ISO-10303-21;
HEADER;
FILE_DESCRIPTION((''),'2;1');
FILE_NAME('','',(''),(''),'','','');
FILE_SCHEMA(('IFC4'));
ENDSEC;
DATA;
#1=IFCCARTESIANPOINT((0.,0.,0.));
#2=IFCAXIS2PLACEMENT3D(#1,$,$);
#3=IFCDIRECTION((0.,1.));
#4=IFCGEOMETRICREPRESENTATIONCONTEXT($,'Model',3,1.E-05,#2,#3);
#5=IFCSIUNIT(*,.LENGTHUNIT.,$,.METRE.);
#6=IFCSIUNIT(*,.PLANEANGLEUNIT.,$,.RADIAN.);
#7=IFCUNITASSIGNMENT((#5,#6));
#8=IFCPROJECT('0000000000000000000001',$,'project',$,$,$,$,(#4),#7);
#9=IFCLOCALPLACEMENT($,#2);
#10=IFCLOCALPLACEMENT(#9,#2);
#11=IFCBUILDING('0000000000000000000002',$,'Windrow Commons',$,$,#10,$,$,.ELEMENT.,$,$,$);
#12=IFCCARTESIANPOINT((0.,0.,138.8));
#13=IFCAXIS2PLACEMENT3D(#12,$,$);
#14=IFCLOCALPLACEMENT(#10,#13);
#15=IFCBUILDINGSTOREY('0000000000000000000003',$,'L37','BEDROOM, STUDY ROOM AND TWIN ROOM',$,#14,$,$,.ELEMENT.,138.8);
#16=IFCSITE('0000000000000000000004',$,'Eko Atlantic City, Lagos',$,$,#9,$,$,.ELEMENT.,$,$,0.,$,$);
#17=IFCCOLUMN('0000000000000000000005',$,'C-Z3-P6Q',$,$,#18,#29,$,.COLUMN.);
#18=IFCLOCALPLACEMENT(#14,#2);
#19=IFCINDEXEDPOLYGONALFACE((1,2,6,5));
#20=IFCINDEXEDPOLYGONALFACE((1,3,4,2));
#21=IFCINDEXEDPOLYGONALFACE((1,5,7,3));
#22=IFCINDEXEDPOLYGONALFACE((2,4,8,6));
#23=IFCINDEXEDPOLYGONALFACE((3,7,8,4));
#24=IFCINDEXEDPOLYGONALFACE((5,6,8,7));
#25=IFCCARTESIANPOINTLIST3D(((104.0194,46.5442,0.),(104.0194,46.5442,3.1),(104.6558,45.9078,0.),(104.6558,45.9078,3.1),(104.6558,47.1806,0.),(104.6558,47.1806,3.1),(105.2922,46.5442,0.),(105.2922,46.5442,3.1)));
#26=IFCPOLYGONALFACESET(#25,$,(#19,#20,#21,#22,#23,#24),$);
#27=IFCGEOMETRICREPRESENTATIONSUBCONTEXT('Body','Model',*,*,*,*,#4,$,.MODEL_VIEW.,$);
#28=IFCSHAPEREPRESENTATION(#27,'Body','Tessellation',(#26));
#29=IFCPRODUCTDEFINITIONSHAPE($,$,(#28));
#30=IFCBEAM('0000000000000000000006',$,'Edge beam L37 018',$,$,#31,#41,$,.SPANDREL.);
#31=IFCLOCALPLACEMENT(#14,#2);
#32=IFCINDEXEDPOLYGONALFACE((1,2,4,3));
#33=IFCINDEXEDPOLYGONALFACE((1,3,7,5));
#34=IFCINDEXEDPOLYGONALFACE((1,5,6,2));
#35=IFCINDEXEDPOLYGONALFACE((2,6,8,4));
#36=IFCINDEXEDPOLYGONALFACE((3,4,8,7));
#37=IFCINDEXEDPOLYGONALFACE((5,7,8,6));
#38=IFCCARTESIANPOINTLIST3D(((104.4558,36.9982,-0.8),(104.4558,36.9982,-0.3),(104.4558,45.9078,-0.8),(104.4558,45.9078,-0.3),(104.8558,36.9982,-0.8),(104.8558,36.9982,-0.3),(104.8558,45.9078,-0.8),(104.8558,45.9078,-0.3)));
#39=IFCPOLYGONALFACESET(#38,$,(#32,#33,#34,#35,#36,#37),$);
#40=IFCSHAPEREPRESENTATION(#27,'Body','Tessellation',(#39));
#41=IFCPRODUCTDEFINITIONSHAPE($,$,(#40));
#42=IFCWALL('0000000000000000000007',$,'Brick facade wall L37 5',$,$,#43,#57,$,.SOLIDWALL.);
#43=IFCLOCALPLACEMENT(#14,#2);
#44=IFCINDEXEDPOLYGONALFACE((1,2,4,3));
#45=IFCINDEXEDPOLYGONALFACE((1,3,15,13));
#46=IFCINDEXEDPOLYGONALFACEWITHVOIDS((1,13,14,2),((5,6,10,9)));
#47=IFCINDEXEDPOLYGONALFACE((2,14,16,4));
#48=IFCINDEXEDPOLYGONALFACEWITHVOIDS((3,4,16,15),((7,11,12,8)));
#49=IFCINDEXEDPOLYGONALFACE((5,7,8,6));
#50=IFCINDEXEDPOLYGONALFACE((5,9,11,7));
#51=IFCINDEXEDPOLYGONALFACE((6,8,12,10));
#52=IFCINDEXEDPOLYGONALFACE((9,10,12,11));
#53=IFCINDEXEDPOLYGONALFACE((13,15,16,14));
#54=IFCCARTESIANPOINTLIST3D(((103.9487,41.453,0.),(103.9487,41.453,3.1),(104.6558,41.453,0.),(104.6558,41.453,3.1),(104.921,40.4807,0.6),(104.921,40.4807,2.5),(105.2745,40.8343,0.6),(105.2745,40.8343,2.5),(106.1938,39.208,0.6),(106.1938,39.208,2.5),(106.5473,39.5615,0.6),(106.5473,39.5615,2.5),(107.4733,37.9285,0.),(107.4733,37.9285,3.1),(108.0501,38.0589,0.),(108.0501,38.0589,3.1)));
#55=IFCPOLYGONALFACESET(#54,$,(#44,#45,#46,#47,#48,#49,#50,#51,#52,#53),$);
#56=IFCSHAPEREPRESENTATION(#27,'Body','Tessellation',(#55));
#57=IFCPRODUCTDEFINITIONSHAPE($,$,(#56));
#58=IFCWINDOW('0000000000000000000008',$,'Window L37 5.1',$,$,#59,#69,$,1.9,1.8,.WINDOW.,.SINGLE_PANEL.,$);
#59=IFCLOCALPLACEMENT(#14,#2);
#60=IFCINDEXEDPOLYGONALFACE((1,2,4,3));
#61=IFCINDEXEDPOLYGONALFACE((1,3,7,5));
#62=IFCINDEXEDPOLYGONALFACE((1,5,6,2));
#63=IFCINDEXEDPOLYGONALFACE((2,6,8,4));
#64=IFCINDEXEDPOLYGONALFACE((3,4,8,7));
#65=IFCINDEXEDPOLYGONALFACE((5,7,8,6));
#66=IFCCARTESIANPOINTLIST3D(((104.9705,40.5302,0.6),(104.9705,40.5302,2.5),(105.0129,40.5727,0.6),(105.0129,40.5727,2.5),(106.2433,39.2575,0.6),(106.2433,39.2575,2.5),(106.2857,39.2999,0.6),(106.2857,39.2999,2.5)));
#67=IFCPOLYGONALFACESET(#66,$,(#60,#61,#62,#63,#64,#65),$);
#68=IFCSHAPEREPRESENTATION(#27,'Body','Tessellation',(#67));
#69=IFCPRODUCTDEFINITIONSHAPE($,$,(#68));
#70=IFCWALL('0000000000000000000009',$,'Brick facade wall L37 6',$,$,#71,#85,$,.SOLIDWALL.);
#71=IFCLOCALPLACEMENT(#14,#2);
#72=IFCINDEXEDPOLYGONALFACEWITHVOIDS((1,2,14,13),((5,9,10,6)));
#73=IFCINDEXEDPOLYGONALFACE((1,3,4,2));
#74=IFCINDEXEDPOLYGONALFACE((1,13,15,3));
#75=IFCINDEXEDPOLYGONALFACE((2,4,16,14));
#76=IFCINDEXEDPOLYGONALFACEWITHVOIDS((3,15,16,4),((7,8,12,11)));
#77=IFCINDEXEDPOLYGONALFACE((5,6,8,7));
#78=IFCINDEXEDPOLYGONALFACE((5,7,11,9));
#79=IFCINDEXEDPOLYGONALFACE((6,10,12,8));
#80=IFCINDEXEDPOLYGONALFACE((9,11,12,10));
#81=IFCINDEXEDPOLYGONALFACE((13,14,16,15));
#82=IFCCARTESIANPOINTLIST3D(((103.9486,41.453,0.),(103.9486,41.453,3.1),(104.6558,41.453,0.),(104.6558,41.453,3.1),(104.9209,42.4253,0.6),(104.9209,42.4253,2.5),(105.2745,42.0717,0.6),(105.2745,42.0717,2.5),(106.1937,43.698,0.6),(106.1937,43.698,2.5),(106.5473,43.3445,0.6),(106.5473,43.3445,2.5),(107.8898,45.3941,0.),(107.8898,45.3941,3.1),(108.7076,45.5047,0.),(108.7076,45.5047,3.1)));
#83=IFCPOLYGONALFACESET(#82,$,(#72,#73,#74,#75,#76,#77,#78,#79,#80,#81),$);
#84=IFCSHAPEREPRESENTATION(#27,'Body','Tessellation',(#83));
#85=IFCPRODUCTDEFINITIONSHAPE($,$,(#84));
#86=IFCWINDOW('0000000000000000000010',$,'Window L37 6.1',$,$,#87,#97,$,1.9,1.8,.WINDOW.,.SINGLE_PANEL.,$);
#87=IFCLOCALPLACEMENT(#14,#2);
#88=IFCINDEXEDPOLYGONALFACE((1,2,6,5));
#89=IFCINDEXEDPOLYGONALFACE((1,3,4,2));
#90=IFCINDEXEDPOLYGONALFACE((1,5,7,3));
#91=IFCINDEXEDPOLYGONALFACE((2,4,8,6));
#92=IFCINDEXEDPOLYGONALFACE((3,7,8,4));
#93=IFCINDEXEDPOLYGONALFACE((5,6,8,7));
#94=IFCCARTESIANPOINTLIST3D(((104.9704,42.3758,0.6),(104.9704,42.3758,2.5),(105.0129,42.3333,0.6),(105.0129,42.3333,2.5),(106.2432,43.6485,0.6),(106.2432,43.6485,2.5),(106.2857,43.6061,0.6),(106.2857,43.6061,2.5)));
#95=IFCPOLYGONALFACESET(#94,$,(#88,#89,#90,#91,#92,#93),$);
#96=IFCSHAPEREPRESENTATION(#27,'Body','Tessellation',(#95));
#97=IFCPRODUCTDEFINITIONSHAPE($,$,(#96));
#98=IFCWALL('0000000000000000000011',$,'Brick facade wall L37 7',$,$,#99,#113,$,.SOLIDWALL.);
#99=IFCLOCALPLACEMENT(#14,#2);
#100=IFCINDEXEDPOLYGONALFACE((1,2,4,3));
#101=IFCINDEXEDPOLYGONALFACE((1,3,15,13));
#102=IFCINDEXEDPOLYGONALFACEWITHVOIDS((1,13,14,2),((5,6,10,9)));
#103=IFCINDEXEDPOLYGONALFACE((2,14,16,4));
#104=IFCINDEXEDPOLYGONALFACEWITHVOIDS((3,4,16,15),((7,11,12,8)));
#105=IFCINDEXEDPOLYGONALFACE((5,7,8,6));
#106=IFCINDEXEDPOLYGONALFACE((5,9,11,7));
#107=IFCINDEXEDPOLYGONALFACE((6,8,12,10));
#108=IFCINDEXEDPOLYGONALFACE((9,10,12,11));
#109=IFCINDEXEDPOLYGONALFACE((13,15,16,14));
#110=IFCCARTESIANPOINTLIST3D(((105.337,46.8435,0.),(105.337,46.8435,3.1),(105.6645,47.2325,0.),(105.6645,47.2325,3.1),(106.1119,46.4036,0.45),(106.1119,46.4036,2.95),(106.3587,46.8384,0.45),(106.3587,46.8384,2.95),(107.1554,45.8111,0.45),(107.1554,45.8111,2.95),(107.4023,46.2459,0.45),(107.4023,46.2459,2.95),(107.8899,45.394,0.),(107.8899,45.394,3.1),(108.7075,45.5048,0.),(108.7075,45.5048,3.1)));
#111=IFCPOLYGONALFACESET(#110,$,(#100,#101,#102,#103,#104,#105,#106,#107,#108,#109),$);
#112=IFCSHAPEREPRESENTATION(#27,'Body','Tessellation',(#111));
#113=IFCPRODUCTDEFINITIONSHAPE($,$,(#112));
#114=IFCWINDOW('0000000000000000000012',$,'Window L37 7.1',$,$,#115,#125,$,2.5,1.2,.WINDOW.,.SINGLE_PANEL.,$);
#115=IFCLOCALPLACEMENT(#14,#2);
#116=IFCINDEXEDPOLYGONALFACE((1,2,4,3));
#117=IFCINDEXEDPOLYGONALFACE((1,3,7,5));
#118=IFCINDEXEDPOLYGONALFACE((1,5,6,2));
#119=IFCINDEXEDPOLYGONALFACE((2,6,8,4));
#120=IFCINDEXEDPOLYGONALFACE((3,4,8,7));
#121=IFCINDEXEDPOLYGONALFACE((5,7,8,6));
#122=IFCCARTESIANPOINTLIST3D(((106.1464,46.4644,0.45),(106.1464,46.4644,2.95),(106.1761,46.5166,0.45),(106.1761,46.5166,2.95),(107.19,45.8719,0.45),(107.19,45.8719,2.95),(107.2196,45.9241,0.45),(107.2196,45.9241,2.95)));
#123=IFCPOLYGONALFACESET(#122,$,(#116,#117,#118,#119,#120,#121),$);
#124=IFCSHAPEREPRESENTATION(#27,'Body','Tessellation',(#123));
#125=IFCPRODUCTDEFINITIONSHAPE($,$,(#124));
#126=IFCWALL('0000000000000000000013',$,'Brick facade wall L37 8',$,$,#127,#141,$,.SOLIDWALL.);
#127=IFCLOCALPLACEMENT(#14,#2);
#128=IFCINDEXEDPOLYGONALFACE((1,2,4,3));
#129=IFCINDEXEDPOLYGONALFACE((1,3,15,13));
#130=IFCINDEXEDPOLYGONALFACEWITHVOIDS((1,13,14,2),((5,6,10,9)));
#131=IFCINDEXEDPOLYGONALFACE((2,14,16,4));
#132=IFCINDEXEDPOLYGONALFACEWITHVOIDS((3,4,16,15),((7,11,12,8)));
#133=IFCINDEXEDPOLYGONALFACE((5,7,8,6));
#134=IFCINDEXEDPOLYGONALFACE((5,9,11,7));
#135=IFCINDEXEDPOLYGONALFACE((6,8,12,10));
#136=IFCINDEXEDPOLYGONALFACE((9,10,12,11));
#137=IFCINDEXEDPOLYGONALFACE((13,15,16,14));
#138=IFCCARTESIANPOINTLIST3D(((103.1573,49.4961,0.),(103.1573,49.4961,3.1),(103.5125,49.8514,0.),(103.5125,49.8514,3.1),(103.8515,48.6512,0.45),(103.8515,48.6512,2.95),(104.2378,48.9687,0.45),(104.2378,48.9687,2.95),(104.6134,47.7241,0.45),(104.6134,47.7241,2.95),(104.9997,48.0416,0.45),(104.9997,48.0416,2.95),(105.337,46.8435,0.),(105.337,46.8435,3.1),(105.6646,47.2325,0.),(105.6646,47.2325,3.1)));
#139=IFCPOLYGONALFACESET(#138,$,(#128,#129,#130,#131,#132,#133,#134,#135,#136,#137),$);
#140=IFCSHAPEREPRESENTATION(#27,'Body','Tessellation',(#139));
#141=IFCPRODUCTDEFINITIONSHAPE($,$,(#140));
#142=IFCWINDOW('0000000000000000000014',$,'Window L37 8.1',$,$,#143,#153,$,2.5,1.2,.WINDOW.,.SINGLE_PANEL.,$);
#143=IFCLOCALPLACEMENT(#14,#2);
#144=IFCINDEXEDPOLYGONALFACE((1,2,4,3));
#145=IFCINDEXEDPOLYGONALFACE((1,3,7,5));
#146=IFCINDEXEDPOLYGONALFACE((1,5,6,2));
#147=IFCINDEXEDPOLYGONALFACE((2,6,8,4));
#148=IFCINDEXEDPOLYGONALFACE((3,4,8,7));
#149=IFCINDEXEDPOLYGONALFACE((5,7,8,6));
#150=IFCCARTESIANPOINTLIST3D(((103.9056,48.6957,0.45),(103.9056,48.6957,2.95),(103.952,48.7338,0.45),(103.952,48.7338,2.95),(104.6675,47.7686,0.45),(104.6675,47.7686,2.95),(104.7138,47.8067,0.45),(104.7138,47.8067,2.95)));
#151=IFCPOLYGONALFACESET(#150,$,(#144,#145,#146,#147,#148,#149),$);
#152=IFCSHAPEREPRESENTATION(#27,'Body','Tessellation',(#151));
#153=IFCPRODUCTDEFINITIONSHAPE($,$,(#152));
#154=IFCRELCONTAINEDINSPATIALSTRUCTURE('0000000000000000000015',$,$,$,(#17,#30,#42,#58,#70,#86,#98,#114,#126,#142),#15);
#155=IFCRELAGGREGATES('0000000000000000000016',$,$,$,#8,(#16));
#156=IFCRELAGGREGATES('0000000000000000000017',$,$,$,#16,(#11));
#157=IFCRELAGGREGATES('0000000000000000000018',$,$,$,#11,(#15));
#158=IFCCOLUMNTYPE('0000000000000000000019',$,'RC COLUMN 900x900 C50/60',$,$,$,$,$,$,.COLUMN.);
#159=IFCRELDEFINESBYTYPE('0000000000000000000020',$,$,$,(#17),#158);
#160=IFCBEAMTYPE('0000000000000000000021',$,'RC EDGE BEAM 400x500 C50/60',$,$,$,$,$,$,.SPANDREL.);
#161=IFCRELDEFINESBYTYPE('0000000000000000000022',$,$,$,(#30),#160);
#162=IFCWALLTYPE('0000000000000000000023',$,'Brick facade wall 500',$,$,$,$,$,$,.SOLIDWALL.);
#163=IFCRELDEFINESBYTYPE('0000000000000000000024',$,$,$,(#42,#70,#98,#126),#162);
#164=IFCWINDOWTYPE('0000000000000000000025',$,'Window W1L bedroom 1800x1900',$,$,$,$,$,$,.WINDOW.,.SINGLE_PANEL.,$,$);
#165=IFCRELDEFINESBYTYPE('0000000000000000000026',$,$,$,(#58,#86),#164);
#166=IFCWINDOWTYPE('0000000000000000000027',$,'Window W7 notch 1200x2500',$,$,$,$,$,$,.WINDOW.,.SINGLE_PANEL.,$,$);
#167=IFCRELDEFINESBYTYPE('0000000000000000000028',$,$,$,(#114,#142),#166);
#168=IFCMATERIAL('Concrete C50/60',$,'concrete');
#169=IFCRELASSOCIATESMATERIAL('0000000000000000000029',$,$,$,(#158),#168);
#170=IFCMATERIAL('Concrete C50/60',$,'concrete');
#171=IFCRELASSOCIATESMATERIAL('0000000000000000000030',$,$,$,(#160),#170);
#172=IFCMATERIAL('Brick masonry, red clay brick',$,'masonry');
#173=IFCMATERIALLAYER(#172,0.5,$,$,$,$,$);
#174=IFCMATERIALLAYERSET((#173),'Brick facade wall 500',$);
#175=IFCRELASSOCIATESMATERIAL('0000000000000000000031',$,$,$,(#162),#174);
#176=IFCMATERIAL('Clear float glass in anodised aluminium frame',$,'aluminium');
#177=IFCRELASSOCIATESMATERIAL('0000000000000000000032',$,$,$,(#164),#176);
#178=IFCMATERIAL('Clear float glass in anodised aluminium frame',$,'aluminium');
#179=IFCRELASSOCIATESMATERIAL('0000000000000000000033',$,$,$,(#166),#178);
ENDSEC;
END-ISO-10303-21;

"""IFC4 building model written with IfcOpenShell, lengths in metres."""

from ifc_helpers import new_model, si_unit, direction, frame, frame_2d, origin, origin_2d, place, context, subcontext, project, spatial, polyline, rectangle, outline, extrude, material, layer, layer_set, material_profile, profile_set, type_object, element, fill, save


model = new_model("IFC4")

# Units and contexts
model_context = context("Model", 3, precision=1e-05, world=origin(), true_north=direction((0.0, 1.0)))
body_context = subcontext(model_context, "Body", "Model", "MODEL_VIEW")
ifc_project = project(units=[si_unit("LENGTHUNIT", "METRE"), si_unit("PLANEANGLEUNIT", "RADIAN")], contexts=[model_context])

# Site, building, storey
site_placement = place(None, origin())
site = spatial("IfcSite", under=ifc_project, at=site_placement, Name="Eko Atlantic City, Lagos", CompositionType="ELEMENT", RefElevation=0.0)
building_placement = place(site_placement, origin())
building = spatial("IfcBuilding", under=site, at=building_placement, Name="Windrow Commons", CompositionType="ELEMENT")
storey_placement = place(building_placement, frame((0.0, 0.0, 138.8)))
storey = spatial("IfcBuildingStorey", under=building, at=storey_placement, Name="L37", Description="BEDROOM, STUDY ROOM AND TWIN ROOM", CompositionType="ELEMENT", Elevation=138.8)

# Column
ifc_material_1 = material(Name="Concrete C50/60", Category="concrete")
ifc_material_profile_1 = material_profile(ifc_material_1, rectangle(XDim=0.9, YDim=0.9, at=origin_2d()))
ifc_profile_set_1 = profile_set([ifc_material_profile_1], Name="Concrete C50/60")
column_type = type_object("IfcColumnType", Name="RC COLUMN 900x900 C50/60", PredefinedType="COLUMN", material=ifc_profile_set_1)
column_placement = place(storey_placement, frame((104.6558, 46.5442, 0.0), z_axis=(0.0, 0.0, 1.0), x_axis=(0.707107, -0.707107, 0.0)))
element("IfcColumn", 1, at=column_placement, inside=storey, type_object=column_type, Name="C-Z3-P6Q", PredefinedType="COLUMN", context=body_context, shape_type="SweptSolid", body=[
    extrude(rectangle(XDim=0.9, YDim=0.9, at=origin_2d()), origin(), (0.0, 0.0, 1.0), 3.1),
])

# Beam
ifc_material_2 = material(Name="Concrete C50/60", Category="concrete")
ifc_material_profile_2 = material_profile(ifc_material_2, rectangle(XDim=0.4, YDim=0.5, at=origin_2d()))
ifc_profile_set_2 = profile_set([ifc_material_profile_2], Name="Concrete C50/60")
beam_type = type_object("IfcBeamType", Name="RC EDGE BEAM 400x500 C50/60", PredefinedType="SPANDREL", material=ifc_profile_set_2)
beam_placement = place(storey_placement, frame((104.6558, 45.9078, -0.55), z_axis=(0.0, -1.0, 0.0), x_axis=(1.0, 0.0, 0.0)))
element("IfcBeam", 2, at=beam_placement, inside=storey, type_object=beam_type, Name="Edge beam L37 018", PredefinedType="SPANDREL", context=body_context, shape_type="SweptSolid", body=[
    extrude(rectangle(XDim=0.4, YDim=0.5, at=origin_2d()), origin(), (0.0, 0.0, 1.0), 8.9096),
])

# Walls, openings, windows
ifc_material_3 = material(Name="Brick masonry, red clay brick", Category="masonry")
ifc_layer_1 = layer(ifc_material_3, 0.5)
ifc_layer_set_1 = layer_set([ifc_layer_1], Name="Brick facade wall 500")
wall_type_1 = type_object("IfcWallType", Name="Brick facade wall 500", PredefinedType="SOLIDWALL", material=ifc_layer_set_1)
wall_1_placement = place(storey_placement, frame((107.7617, 37.9937, 0.0), z_axis=(0.0, 0.0, 1.0), x_axis=(-0.707127, 0.707086, 0.0)))
wall_1 = element("IfcWall", 3, at=wall_1_placement, inside=storey, type_object=wall_type_1, Name="Brick facade wall L37 5", PredefinedType="SOLIDWALL", context=body_context, shape_type="SweptSolid", body=[
    extrude(outline(polyline([(-0.1578, -0.25), (4.6423, -0.25), (5.1423, 0.25), (0.1578, 0.25), (-0.1578, -0.25)])), origin(), (0.0, 0.0, 1.0), 3.1),
])
opening_1_placement = place(wall_1_placement, frame((1.9673, 0.0, 0.6)))
opening_1 = element("IfcOpeningElement", 4, at=opening_1_placement, cuts=wall_1, PredefinedType="OPENING", context=body_context, shape_type="SweptSolid", body=[
    extrude(rectangle(XDim=1.8, YDim=1.9, at=frame_2d((0.9, 0.95))), frame((0.0, 0.26, 0.0), z_axis=(0.0, -1.0, 0.0), x_axis=(1.0, 0.0, 0.0)), (0.0, 0.0, 1.0), 0.52),
])
ifc_material_4 = material(Name="Clear float glass in anodised aluminium frame", Category="aluminium")
window_type_1 = type_object("IfcWindowType", Name="Window W1L bedroom 1800x1900", PartitioningType="SINGLE_PANEL", PredefinedType="WINDOW", material=ifc_material_4)
window_1_placement = place(opening_1_placement, origin())
window_1 = element("IfcWindow", 5, at=window_1_placement, inside=storey, type_object=window_type_1, Name="Window L37 5.1", OverallHeight=1.9, OverallWidth=1.8, PartitioningType="SINGLE_PANEL", PredefinedType="WINDOW", context=body_context, shape_type="SweptSolid", body=[
    extrude(rectangle(XDim=1.8, YDim=1.9, at=frame_2d((0.9, 0.95))), frame((0.0, 0.18, 0.0), z_axis=(0.0, -1.0, 0.0), x_axis=(1.0, 0.0, 0.0)), (0.0, 0.0, 1.0), 0.06),
])
fill(opening_1, window_1)
wall_2_placement = place(storey_placement, frame((104.3022, 41.453, 0.0), z_axis=(0.0, 0.0, 1.0), x_axis=(0.707116, 0.707098, 0.0)))
wall_2 = element("IfcWall", 6, at=wall_2_placement, inside=storey, type_object=wall_type_1, Name="Brick facade wall L37 6", PredefinedType="SOLIDWALL", context=body_context, shape_type="SweptSolid", body=[
    extrude(outline(polyline([(0.25, -0.25), (5.9801, -0.25), (5.3236, 0.25), (-0.25, 0.25), (0.25, -0.25)])), origin(), (0.0, 0.0, 1.0), 3.1),
])
opening_2_placement = place(wall_2_placement, frame((1.125, 0.0, 0.6)))
opening_2 = element("IfcOpeningElement", 7, at=opening_2_placement, cuts=wall_2, PredefinedType="OPENING", context=body_context, shape_type="SweptSolid", body=[
    extrude(rectangle(XDim=1.8, YDim=1.9, at=frame_2d((0.9, 0.95))), frame((0.0, 0.26, 0.0), z_axis=(0.0, -1.0, 0.0), x_axis=(1.0, 0.0, 0.0)), (0.0, 0.0, 1.0), 0.52),
])
window_2_placement = place(opening_2_placement, origin())
window_2 = element("IfcWindow", 8, at=window_2_placement, inside=storey, type_object=window_type_1, Name="Window L37 6.1", OverallHeight=1.9, OverallWidth=1.8, PartitioningType="SINGLE_PANEL", PredefinedType="WINDOW", context=body_context, shape_type="SweptSolid", body=[
    extrude(rectangle(XDim=1.8, YDim=1.9, at=frame_2d((0.9, 0.95))), frame((0.0, 0.18, 0.0), z_axis=(0.0, -1.0, 0.0), x_axis=(1.0, 0.0, 0.0)), (0.0, 0.0, 1.0), 0.06),
])
fill(opening_2, window_2)
wall_3_placement = place(storey_placement, frame((108.2987, 45.4494, 0.0), z_axis=(0.0, 0.0, 1.0), x_axis=(-0.869605, 0.493747, 0.0)))
wall_3 = element("IfcWall", 9, at=wall_3_placement, inside=storey, type_object=wall_type_1, Name="Brick facade wall L37 7", PredefinedType="SOLIDWALL", context=body_context, shape_type="SweptSolid", body=[
    extrude(outline(polyline([(-0.3282, -0.25), (3.1711, -0.25), (3.2638, 0.25), (0.3282, 0.25), (-0.3282, -0.25)])), origin(), (0.0, 0.0, 1.0), 3.1),
])
opening_3_placement = place(wall_3_placement, frame((1.1728, 0.0, 0.45)))
opening_3 = element("IfcOpeningElement", 10, at=opening_3_placement, cuts=wall_3, PredefinedType="OPENING", context=body_context, shape_type="SweptSolid", body=[
    extrude(rectangle(XDim=1.2, YDim=2.5, at=frame_2d((0.6, 1.25))), frame((0.0, 0.26, 0.0), z_axis=(0.0, -1.0, 0.0), x_axis=(1.0, 0.0, 0.0)), (0.0, 0.0, 1.0), 0.52),
])
ifc_material_5 = material(Name="Clear float glass in anodised aluminium frame", Category="aluminium")
window_type_2 = type_object("IfcWindowType", Name="Window W7 notch 1200x2500", PartitioningType="SINGLE_PANEL", PredefinedType="WINDOW", material=ifc_material_5)
window_3_placement = place(opening_3_placement, origin())
window_3 = element("IfcWindow", 11, at=window_3_placement, inside=storey, type_object=window_type_2, Name="Window L37 7.1", OverallHeight=2.5, OverallWidth=1.2, PartitioningType="SINGLE_PANEL", PredefinedType="WINDOW", context=body_context, shape_type="SweptSolid", body=[
    extrude(rectangle(XDim=1.2, YDim=2.5, at=frame_2d((0.6, 1.25))), frame((0.0, 0.18, 0.0), z_axis=(0.0, -1.0, 0.0), x_axis=(1.0, 0.0, 0.0)), (0.0, 0.0, 1.0), 0.06),
])
fill(opening_3, window_3)
wall_4_placement = place(storey_placement, frame((105.5008, 47.038, 0.0), z_axis=(0.0, 0.0, 1.0), x_axis=(-0.63489, 0.772602, 0.0)))
wall_4 = element("IfcWall", 12, at=wall_4_placement, inside=storey, type_object=wall_type_1, Name="Brick facade wall L37 8", PredefinedType="SOLIDWALL", context=body_context, shape_type="SweptSolid", body=[
    extrude(outline(polyline([(0.0463, -0.25), (3.436, -0.25), (3.387, 0.25), (-0.0463, 0.25), (0.0463, -0.25)])), origin(), (0.0, 0.0, 1.0), 3.1),
])
opening_4_placement = place(wall_4_placement, frame((1.0935, 0.0, 0.45)))
opening_4 = element("IfcOpeningElement", 13, at=opening_4_placement, cuts=wall_4, PredefinedType="OPENING", context=body_context, shape_type="SweptSolid", body=[
    extrude(rectangle(XDim=1.2, YDim=2.5, at=frame_2d((0.6, 1.25))), frame((0.0, 0.26, 0.0), z_axis=(0.0, -1.0, 0.0), x_axis=(1.0, 0.0, 0.0)), (0.0, 0.0, 1.0), 0.52),
])
window_4_placement = place(opening_4_placement, origin())
window_4 = element("IfcWindow", 14, at=window_4_placement, inside=storey, type_object=window_type_2, Name="Window L37 8.1", OverallHeight=2.5, OverallWidth=1.2, PartitioningType="SINGLE_PANEL", PredefinedType="WINDOW", context=body_context, shape_type="SweptSolid", body=[
    extrude(rectangle(XDim=1.2, YDim=2.5, at=frame_2d((0.6, 1.25))), frame((0.0, 0.18, 0.0), z_axis=(0.0, -1.0, 0.0), x_axis=(1.0, 0.0, 0.0)), (0.0, 0.0, 1.0), 0.06),
])
fill(opening_4, window_4)

save(model, "model.ifc")
